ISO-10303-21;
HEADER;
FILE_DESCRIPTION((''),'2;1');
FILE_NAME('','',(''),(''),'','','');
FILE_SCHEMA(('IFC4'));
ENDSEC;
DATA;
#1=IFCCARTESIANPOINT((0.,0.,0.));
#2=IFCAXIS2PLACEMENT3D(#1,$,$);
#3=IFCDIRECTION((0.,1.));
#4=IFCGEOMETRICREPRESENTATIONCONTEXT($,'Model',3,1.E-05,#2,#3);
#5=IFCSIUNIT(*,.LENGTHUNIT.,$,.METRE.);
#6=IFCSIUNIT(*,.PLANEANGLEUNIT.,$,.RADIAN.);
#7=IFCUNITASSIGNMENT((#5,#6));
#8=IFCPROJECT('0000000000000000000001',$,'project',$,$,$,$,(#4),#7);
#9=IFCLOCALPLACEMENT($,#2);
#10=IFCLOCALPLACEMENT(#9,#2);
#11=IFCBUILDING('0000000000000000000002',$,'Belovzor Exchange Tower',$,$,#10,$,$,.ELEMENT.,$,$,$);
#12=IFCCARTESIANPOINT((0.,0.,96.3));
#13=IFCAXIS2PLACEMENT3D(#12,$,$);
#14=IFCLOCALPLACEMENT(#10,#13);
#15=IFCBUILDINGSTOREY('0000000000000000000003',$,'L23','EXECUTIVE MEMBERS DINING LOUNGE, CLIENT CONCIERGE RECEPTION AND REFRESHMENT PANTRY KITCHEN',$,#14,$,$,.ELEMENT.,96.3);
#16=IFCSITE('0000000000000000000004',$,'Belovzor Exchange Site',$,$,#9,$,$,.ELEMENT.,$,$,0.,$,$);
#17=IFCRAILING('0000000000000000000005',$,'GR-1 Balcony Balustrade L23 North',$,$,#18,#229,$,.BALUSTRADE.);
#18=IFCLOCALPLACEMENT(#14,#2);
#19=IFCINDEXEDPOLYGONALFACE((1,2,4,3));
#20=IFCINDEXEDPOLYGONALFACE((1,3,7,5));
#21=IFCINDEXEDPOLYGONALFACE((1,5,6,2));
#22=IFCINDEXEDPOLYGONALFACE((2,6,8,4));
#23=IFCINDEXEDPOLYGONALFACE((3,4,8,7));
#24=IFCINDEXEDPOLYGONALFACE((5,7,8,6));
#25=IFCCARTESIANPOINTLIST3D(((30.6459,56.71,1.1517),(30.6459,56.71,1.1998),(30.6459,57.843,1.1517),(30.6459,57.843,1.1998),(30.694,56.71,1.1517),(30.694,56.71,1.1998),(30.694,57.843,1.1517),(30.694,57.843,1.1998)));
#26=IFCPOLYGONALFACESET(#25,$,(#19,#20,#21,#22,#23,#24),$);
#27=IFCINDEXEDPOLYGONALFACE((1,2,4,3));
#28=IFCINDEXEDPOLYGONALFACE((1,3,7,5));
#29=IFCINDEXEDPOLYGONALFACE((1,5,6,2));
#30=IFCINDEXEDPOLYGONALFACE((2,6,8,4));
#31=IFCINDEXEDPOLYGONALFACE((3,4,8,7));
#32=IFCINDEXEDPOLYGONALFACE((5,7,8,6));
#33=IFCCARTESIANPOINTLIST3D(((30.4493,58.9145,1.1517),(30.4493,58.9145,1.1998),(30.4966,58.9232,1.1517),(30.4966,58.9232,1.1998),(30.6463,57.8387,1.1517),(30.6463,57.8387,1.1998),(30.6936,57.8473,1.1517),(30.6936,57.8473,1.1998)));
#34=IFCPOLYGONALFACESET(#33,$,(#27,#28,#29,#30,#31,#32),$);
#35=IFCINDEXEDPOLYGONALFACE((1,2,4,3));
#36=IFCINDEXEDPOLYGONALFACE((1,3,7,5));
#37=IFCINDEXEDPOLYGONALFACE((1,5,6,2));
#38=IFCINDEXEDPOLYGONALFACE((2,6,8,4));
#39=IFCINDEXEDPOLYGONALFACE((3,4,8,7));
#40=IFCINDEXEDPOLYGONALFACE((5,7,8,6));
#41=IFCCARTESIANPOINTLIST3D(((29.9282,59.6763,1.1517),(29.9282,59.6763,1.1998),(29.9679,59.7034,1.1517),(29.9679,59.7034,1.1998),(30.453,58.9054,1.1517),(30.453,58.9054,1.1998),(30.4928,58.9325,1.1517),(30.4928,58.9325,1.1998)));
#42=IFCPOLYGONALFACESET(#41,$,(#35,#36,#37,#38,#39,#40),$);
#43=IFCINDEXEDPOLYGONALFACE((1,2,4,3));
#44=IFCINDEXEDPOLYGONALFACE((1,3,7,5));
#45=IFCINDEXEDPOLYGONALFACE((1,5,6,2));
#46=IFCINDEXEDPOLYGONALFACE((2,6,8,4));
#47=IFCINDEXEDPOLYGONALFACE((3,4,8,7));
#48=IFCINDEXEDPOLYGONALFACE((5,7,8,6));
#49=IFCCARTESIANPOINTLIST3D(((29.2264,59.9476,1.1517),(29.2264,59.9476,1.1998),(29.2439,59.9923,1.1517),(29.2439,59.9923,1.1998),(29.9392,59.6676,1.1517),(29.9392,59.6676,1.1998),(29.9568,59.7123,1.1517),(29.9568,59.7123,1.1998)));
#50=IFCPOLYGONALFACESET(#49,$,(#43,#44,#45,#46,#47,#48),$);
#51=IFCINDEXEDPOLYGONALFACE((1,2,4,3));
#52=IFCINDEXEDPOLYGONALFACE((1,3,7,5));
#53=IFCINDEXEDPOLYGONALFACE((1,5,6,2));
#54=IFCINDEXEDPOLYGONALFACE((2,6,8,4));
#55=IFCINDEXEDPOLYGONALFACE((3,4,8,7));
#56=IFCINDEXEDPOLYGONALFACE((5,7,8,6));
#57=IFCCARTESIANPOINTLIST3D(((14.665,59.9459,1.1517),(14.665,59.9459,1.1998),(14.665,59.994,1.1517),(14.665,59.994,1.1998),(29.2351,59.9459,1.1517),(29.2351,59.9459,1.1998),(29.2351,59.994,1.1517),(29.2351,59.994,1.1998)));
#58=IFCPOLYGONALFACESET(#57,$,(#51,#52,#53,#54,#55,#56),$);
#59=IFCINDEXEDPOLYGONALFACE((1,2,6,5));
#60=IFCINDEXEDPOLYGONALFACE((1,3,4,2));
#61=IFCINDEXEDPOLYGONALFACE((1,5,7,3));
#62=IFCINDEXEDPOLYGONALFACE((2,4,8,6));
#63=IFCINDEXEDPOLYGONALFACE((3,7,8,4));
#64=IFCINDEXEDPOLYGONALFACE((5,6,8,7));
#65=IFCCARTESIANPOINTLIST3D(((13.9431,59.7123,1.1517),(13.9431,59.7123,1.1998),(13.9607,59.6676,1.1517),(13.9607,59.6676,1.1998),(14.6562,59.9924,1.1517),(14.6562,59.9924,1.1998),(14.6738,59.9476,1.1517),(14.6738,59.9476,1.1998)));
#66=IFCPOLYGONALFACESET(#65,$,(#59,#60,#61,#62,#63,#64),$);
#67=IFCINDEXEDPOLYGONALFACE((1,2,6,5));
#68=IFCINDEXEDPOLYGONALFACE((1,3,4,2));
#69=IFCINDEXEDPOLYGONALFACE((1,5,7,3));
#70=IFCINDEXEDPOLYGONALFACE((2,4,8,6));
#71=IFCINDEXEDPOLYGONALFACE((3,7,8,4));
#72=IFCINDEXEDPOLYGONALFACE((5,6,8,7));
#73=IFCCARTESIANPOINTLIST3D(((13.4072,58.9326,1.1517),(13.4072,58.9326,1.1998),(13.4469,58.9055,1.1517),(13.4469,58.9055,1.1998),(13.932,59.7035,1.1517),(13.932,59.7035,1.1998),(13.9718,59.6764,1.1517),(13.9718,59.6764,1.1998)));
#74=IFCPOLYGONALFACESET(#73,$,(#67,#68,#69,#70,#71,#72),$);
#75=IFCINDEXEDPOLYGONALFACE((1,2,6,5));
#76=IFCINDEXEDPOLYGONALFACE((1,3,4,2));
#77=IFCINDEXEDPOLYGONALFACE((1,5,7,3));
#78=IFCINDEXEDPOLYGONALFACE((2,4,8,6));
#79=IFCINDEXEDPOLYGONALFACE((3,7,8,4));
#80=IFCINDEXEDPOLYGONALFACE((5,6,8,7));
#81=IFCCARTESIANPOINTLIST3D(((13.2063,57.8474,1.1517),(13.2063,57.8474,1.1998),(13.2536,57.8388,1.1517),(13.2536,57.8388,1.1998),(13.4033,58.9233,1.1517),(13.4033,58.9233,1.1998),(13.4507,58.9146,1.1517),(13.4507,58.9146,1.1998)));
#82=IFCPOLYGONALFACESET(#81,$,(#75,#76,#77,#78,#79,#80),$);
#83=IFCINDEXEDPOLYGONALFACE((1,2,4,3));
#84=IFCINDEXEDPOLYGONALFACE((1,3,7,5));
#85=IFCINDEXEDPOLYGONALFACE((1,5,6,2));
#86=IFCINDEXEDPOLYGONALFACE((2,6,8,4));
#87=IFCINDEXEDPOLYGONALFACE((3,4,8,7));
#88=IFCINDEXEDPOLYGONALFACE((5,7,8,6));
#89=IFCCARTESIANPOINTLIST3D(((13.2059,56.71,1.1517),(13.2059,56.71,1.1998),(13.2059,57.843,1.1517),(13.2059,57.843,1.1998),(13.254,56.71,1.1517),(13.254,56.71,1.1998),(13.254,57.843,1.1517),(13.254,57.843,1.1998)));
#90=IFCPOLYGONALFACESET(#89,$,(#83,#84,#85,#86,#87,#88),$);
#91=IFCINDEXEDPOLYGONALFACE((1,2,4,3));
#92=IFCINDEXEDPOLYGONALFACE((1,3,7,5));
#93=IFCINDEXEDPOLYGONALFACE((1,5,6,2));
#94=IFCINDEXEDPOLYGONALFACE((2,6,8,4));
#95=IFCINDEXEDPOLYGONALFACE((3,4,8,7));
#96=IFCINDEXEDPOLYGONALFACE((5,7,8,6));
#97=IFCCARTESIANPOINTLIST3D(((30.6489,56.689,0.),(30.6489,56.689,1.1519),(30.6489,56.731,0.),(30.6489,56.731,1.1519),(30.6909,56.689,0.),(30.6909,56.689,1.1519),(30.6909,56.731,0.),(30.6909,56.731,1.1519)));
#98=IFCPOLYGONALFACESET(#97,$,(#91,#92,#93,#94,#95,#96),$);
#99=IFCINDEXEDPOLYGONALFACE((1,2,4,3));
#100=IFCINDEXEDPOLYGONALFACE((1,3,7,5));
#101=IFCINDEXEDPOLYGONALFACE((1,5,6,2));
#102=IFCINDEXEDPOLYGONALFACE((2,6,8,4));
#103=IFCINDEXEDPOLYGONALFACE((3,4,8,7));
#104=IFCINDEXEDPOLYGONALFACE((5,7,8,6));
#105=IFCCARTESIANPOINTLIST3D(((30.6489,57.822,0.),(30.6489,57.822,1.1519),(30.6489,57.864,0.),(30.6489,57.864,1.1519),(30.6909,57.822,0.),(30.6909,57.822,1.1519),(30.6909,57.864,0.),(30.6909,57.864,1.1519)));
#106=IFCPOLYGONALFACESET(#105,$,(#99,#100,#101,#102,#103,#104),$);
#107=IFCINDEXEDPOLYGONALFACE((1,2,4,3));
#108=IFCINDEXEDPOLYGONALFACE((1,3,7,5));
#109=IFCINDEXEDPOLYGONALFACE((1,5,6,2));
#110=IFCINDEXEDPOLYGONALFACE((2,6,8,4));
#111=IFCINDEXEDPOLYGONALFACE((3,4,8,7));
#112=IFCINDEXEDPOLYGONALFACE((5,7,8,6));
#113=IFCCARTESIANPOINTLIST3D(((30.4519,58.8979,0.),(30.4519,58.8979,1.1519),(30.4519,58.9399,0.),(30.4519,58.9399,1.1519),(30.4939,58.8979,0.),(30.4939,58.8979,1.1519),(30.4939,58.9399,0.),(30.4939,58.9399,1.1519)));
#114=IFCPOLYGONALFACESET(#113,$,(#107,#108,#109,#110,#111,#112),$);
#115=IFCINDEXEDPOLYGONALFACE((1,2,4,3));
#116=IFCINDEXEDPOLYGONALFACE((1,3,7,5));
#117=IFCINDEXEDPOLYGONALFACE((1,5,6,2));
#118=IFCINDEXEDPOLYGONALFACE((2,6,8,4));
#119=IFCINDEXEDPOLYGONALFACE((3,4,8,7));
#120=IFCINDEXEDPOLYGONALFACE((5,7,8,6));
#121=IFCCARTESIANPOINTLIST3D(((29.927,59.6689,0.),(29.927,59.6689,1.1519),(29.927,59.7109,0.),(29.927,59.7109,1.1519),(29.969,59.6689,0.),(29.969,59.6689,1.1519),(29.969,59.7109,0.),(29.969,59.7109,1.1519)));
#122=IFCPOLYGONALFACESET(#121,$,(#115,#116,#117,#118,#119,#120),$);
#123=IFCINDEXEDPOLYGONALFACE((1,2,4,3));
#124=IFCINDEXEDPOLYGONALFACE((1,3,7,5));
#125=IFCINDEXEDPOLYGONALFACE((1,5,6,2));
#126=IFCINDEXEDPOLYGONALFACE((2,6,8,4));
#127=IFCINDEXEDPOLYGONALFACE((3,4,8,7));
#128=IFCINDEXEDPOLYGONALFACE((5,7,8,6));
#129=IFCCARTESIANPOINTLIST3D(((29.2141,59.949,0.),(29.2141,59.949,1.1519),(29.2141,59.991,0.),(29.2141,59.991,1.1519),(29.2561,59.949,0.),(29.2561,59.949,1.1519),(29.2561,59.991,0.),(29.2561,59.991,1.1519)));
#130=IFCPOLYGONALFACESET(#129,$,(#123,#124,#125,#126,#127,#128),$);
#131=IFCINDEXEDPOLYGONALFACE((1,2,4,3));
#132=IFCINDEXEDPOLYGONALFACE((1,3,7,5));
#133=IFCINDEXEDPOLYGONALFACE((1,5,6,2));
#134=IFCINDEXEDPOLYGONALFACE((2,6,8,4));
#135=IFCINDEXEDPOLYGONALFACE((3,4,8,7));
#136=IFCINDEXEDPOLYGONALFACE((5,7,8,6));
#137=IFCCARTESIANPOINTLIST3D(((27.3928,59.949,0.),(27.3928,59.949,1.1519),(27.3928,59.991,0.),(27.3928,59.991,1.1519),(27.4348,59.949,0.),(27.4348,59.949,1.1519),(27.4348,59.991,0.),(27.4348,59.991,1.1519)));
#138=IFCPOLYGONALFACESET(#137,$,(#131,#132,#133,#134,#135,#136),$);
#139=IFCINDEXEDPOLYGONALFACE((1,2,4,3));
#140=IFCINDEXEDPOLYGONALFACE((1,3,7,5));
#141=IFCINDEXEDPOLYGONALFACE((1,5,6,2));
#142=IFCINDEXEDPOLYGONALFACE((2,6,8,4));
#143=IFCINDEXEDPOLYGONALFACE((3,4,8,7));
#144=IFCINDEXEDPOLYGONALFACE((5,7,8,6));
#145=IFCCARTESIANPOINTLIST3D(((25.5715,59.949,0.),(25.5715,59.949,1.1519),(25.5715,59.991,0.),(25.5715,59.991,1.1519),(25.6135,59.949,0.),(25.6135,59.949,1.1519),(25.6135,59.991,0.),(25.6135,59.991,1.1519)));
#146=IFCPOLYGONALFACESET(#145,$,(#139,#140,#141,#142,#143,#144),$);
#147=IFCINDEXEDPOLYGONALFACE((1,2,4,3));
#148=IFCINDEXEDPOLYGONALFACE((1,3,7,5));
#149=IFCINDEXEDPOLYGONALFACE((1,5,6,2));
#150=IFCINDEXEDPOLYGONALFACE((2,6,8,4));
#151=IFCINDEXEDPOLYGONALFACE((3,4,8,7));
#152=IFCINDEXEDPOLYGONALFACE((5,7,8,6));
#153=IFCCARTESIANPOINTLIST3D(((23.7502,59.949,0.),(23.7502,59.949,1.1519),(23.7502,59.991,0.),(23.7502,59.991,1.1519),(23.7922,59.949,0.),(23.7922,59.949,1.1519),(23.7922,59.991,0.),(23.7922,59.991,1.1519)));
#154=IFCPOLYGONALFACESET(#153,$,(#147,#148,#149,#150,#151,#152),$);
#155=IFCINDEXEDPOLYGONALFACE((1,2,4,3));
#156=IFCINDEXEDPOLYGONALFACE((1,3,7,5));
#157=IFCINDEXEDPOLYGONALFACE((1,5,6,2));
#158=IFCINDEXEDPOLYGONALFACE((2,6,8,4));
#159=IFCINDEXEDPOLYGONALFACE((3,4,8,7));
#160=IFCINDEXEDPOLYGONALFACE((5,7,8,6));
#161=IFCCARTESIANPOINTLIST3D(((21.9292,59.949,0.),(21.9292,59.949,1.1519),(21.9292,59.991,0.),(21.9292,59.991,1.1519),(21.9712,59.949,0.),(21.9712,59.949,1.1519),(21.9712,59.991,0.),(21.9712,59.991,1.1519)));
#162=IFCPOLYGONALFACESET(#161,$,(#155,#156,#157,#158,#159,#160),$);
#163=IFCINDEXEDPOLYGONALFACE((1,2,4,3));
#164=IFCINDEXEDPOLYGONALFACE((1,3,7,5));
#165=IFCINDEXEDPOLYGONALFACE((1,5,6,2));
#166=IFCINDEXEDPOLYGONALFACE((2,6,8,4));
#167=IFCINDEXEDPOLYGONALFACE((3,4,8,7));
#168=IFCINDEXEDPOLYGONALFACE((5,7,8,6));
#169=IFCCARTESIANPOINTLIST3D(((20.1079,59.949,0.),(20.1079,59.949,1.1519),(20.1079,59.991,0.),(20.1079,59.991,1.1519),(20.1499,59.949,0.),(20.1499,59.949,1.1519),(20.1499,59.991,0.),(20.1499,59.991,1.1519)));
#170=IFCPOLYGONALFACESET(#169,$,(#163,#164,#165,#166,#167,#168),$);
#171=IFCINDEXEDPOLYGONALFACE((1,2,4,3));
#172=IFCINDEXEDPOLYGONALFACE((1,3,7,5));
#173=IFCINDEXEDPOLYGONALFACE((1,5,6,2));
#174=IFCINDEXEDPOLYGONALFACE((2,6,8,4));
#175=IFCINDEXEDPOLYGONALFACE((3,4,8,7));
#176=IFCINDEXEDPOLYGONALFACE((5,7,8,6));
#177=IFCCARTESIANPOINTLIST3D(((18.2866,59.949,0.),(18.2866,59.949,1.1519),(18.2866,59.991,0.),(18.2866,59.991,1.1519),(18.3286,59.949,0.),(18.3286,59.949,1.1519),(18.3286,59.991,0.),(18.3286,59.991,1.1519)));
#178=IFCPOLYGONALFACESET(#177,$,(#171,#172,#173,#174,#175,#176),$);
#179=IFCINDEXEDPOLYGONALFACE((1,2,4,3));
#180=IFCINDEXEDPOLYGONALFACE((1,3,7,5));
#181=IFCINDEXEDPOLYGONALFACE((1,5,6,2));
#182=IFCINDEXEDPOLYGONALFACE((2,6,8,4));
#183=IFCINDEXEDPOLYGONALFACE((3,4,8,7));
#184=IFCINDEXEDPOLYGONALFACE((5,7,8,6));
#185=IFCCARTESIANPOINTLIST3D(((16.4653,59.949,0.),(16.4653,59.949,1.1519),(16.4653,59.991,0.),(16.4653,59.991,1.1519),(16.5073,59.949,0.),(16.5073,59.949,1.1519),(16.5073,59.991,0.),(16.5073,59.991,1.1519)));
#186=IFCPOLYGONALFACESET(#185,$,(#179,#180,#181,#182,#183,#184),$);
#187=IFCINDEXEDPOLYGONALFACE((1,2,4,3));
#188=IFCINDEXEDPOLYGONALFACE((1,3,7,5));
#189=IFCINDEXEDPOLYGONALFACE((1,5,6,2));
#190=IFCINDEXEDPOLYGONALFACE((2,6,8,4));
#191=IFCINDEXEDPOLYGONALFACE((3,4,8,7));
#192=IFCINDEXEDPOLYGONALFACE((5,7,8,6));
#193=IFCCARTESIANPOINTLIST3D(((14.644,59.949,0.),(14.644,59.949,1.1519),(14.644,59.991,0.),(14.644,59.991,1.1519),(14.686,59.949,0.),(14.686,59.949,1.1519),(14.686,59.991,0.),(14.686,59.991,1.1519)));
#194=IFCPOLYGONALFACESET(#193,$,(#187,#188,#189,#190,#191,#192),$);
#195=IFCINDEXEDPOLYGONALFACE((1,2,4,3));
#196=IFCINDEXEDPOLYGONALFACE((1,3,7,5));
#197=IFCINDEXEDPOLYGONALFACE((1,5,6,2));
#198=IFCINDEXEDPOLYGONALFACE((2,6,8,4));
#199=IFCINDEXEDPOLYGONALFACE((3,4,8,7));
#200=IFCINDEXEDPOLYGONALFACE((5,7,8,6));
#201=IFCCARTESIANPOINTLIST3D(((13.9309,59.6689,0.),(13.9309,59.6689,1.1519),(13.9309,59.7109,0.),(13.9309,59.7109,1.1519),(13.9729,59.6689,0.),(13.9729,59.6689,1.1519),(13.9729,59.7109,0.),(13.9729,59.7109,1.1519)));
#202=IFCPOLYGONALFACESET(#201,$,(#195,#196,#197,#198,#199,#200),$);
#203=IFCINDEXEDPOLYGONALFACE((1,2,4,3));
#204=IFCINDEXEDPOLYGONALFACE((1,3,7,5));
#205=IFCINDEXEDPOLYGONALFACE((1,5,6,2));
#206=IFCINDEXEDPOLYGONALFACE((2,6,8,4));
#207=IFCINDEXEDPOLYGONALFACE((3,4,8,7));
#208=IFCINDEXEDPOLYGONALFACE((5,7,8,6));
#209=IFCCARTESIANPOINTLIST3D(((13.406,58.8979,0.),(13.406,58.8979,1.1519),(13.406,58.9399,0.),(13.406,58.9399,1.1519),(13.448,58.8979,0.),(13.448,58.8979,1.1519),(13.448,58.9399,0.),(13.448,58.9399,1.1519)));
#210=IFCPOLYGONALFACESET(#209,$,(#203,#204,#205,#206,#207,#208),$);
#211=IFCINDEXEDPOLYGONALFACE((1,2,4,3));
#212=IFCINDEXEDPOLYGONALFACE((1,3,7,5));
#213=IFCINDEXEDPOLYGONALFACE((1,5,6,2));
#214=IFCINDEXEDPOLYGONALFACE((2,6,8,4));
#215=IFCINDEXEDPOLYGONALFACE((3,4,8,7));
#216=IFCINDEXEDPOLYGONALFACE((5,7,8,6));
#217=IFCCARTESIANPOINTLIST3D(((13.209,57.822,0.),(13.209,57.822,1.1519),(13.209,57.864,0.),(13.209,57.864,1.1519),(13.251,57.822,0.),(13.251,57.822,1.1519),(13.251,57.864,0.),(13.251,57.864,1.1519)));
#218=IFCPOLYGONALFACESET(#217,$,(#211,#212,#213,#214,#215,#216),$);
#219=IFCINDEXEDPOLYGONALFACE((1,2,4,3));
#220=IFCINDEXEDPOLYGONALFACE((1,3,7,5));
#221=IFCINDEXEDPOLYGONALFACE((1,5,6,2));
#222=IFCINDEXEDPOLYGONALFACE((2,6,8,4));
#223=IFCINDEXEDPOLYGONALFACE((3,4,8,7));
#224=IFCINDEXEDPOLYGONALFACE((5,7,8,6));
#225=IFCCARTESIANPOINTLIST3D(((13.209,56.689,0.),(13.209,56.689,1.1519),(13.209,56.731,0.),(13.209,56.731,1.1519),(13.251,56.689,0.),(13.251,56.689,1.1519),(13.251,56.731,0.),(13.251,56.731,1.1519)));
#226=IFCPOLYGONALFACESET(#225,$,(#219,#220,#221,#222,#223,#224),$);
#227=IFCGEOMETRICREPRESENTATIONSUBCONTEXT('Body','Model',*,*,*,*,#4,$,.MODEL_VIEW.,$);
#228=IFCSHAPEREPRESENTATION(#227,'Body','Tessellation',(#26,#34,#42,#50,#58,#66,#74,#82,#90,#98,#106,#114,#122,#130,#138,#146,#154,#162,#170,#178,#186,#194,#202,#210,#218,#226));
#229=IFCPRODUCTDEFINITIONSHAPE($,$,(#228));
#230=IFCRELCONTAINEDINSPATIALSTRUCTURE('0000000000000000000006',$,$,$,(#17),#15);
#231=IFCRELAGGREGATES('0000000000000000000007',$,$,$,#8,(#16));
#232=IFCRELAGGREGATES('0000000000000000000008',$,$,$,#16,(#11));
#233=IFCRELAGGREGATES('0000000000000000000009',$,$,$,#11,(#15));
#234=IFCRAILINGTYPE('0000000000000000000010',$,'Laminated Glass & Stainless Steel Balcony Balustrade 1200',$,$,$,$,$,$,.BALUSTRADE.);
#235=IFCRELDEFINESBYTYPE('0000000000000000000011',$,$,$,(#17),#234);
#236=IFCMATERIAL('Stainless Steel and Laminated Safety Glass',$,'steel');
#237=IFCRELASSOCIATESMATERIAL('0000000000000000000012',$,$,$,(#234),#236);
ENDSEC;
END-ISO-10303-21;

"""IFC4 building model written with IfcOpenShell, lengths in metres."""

from ifc_helpers import new_model, si_unit, direction, frame, origin, origin_2d, place, context, subcontext, project, spatial, rectangle, extrude, material, type_object, element, save


model = new_model("IFC4")

# Units and contexts
model_context = context("Model", 3, precision=1e-05, world=origin(), true_north=direction((0.0, 1.0)))
body_context = subcontext(model_context, "Body", "Model", "MODEL_VIEW")
ifc_project = project(units=[si_unit("LENGTHUNIT", "METRE"), si_unit("PLANEANGLEUNIT", "RADIAN")], contexts=[model_context])

# Site, building, storey
site_placement = place(None, origin())
site = spatial("IfcSite", under=ifc_project, at=site_placement, Name="Belovzor Exchange Site", CompositionType="ELEMENT", RefElevation=0.0)
building_placement = place(site_placement, origin())
building = spatial("IfcBuilding", under=site, at=building_placement, Name="Belovzor Exchange Tower", CompositionType="ELEMENT")
storey_placement = place(building_placement, frame((0.0, 0.0, 96.3)))
storey = spatial("IfcBuildingStorey", under=building, at=storey_placement, Name="L23", Description="EXECUTIVE MEMBERS DINING LOUNGE, CLIENT CONCIERGE RECEPTION AND REFRESHMENT PANTRY KITCHEN", CompositionType="ELEMENT", Elevation=96.3)

# Railing
ifc_material_1 = material(Name="Stainless Steel and Laminated Safety Glass", Category="steel")
railing_type = type_object("IfcRailingType", Name="Laminated Glass & Stainless Steel Balcony Balustrade 1200", PredefinedType="BALUSTRADE", material=ifc_material_1)
railing_placement = place(storey_placement, frame((30.6699, 56.71, 0.0)))
element("IfcRailing", 1, at=railing_placement, inside=storey, type_object=railing_type, Name="GR-1 Balcony Balustrade L23 North", PredefinedType="BALUSTRADE", context=body_context, shape_type="SweptSolid", body=[
    extrude(rectangle(XDim=0.0481, YDim=0.0481, at=origin_2d()), frame((0.0, 0.0, 1.1758), z_axis=(0.0, 1.0, 0.0), x_axis=(-1.0, 0.0, 0.0)), (0.0, 0.0, 1.0), 1.1331),
    extrude(rectangle(XDim=0.0481, YDim=0.0481, at=origin_2d()), frame((0.0, 1.1331, 1.1758), z_axis=(-0.180123, 0.983644, 0.0), x_axis=(-0.983644, -0.180123, 0.0)), (0.0, 0.0, 1.0), 1.0938),
    extrude(rectangle(XDim=0.0481, YDim=0.0481, at=origin_2d()), frame((-0.197, 2.209, 1.1758), z_axis=(-0.562768, 0.826615, 0.0), x_axis=(-0.826615, -0.562768, 0.0)), (0.0, 0.0, 1.0), 0.9326),
    extrude(rectangle(XDim=0.0481, YDim=0.0481, at=origin_2d()), frame((-0.7219, 2.98, 1.1758), z_axis=(-0.930767, 0.365613, 0.0), x_axis=(-0.365613, -0.930767, 0.0)), (0.0, 0.0, 1.0), 0.7659),
    extrude(rectangle(XDim=0.0481, YDim=0.0481, at=origin_2d()), frame((-1.4348, 3.26, 1.1758), z_axis=(-1.0, 0.0, 0.0), x_axis=(0.0, -1.0, 0.0)), (0.0, 0.0, 1.0), 14.5701),
    extrude(rectangle(XDim=0.0481, YDim=0.0481, at=origin_2d()), frame((-16.0049, 3.26, 1.1758), z_axis=(-0.93081, -0.365504, 0.0), x_axis=(0.365504, -0.93081, 0.0)), (0.0, 0.0, 1.0), 0.7661),
    extrude(rectangle(XDim=0.0481, YDim=0.0481, at=origin_2d()), frame((-16.718, 2.98, 1.1758), z_axis=(-0.562768, -0.826615, 0.0), x_axis=(0.826615, -0.562768, 0.0)), (0.0, 0.0, 1.0), 0.9326),
    extrude(rectangle(XDim=0.0481, YDim=0.0481, at=origin_2d()), frame((-17.2429, 2.209, 1.1758), z_axis=(-0.180123, -0.983644, 0.0), x_axis=(0.983644, -0.180123, 0.0)), (0.0, 0.0, 1.0), 1.0938),
    extrude(rectangle(XDim=0.0481, YDim=0.0481, at=origin_2d()), frame((-17.4399, 1.1331, 1.1758), z_axis=(0.0, -1.0, 0.0), x_axis=(1.0, 0.0, 0.0)), (0.0, 0.0, 1.0), 1.1331),
    extrude(rectangle(XDim=0.042, YDim=0.042, at=origin_2d()), origin(), (0.0, 0.0, 1.0), 1.1519),
    extrude(rectangle(XDim=0.042, YDim=0.042, at=origin_2d()), frame((0.0, 1.1331, 0.0)), (0.0, 0.0, 1.0), 1.1519),
    extrude(rectangle(XDim=0.042, YDim=0.042, at=origin_2d()), frame((-0.197, 2.209, 0.0)), (0.0, 0.0, 1.0), 1.1519),
    extrude(rectangle(XDim=0.042, YDim=0.042, at=origin_2d()), frame((-0.7219, 2.98, 0.0)), (0.0, 0.0, 1.0), 1.1519),
    extrude(rectangle(XDim=0.042, YDim=0.042, at=origin_2d()), frame((-1.4348, 3.26, 0.0)), (0.0, 0.0, 1.0), 1.1519),
    extrude(rectangle(XDim=0.042, YDim=0.042, at=origin_2d()), frame((-3.2561, 3.26, 0.0)), (0.0, 0.0, 1.0), 1.1519),
    extrude(rectangle(XDim=0.042, YDim=0.042, at=origin_2d()), frame((-5.0774, 3.26, 0.0)), (0.0, 0.0, 1.0), 1.1519),
    extrude(rectangle(XDim=0.042, YDim=0.042, at=origin_2d()), frame((-6.8987, 3.26, 0.0)), (0.0, 0.0, 1.0), 1.1519),
    extrude(rectangle(XDim=0.042, YDim=0.042, at=origin_2d()), frame((-8.7197, 3.26, 0.0)), (0.0, 0.0, 1.0), 1.1519),
    extrude(rectangle(XDim=0.042, YDim=0.042, at=origin_2d()), frame((-10.541, 3.26, 0.0)), (0.0, 0.0, 1.0), 1.1519),
    extrude(rectangle(XDim=0.042, YDim=0.042, at=origin_2d()), frame((-12.3623, 3.26, 0.0)), (0.0, 0.0, 1.0), 1.1519),
    extrude(rectangle(XDim=0.042, YDim=0.042, at=origin_2d()), frame((-14.1836, 3.26, 0.0)), (0.0, 0.0, 1.0), 1.1519),
    extrude(rectangle(XDim=0.042, YDim=0.042, at=origin_2d()), frame((-16.0049, 3.26, 0.0)), (0.0, 0.0, 1.0), 1.1519),
    extrude(rectangle(XDim=0.042, YDim=0.042, at=origin_2d()), frame((-16.718, 2.98, 0.0)), (0.0, 0.0, 1.0), 1.1519),
    extrude(rectangle(XDim=0.042, YDim=0.042, at=origin_2d()), frame((-17.2429, 2.209, 0.0)), (0.0, 0.0, 1.0), 1.1519),
    extrude(rectangle(XDim=0.042, YDim=0.042, at=origin_2d()), frame((-17.4399, 1.1331, 0.0)), (0.0, 0.0, 1.0), 1.1519),
    extrude(rectangle(XDim=0.042, YDim=0.042, at=origin_2d()), frame((-17.4399, 0.0, 0.0)), (0.0, 0.0, 1.0), 1.1519),
])

save(model, "model.ifc")
